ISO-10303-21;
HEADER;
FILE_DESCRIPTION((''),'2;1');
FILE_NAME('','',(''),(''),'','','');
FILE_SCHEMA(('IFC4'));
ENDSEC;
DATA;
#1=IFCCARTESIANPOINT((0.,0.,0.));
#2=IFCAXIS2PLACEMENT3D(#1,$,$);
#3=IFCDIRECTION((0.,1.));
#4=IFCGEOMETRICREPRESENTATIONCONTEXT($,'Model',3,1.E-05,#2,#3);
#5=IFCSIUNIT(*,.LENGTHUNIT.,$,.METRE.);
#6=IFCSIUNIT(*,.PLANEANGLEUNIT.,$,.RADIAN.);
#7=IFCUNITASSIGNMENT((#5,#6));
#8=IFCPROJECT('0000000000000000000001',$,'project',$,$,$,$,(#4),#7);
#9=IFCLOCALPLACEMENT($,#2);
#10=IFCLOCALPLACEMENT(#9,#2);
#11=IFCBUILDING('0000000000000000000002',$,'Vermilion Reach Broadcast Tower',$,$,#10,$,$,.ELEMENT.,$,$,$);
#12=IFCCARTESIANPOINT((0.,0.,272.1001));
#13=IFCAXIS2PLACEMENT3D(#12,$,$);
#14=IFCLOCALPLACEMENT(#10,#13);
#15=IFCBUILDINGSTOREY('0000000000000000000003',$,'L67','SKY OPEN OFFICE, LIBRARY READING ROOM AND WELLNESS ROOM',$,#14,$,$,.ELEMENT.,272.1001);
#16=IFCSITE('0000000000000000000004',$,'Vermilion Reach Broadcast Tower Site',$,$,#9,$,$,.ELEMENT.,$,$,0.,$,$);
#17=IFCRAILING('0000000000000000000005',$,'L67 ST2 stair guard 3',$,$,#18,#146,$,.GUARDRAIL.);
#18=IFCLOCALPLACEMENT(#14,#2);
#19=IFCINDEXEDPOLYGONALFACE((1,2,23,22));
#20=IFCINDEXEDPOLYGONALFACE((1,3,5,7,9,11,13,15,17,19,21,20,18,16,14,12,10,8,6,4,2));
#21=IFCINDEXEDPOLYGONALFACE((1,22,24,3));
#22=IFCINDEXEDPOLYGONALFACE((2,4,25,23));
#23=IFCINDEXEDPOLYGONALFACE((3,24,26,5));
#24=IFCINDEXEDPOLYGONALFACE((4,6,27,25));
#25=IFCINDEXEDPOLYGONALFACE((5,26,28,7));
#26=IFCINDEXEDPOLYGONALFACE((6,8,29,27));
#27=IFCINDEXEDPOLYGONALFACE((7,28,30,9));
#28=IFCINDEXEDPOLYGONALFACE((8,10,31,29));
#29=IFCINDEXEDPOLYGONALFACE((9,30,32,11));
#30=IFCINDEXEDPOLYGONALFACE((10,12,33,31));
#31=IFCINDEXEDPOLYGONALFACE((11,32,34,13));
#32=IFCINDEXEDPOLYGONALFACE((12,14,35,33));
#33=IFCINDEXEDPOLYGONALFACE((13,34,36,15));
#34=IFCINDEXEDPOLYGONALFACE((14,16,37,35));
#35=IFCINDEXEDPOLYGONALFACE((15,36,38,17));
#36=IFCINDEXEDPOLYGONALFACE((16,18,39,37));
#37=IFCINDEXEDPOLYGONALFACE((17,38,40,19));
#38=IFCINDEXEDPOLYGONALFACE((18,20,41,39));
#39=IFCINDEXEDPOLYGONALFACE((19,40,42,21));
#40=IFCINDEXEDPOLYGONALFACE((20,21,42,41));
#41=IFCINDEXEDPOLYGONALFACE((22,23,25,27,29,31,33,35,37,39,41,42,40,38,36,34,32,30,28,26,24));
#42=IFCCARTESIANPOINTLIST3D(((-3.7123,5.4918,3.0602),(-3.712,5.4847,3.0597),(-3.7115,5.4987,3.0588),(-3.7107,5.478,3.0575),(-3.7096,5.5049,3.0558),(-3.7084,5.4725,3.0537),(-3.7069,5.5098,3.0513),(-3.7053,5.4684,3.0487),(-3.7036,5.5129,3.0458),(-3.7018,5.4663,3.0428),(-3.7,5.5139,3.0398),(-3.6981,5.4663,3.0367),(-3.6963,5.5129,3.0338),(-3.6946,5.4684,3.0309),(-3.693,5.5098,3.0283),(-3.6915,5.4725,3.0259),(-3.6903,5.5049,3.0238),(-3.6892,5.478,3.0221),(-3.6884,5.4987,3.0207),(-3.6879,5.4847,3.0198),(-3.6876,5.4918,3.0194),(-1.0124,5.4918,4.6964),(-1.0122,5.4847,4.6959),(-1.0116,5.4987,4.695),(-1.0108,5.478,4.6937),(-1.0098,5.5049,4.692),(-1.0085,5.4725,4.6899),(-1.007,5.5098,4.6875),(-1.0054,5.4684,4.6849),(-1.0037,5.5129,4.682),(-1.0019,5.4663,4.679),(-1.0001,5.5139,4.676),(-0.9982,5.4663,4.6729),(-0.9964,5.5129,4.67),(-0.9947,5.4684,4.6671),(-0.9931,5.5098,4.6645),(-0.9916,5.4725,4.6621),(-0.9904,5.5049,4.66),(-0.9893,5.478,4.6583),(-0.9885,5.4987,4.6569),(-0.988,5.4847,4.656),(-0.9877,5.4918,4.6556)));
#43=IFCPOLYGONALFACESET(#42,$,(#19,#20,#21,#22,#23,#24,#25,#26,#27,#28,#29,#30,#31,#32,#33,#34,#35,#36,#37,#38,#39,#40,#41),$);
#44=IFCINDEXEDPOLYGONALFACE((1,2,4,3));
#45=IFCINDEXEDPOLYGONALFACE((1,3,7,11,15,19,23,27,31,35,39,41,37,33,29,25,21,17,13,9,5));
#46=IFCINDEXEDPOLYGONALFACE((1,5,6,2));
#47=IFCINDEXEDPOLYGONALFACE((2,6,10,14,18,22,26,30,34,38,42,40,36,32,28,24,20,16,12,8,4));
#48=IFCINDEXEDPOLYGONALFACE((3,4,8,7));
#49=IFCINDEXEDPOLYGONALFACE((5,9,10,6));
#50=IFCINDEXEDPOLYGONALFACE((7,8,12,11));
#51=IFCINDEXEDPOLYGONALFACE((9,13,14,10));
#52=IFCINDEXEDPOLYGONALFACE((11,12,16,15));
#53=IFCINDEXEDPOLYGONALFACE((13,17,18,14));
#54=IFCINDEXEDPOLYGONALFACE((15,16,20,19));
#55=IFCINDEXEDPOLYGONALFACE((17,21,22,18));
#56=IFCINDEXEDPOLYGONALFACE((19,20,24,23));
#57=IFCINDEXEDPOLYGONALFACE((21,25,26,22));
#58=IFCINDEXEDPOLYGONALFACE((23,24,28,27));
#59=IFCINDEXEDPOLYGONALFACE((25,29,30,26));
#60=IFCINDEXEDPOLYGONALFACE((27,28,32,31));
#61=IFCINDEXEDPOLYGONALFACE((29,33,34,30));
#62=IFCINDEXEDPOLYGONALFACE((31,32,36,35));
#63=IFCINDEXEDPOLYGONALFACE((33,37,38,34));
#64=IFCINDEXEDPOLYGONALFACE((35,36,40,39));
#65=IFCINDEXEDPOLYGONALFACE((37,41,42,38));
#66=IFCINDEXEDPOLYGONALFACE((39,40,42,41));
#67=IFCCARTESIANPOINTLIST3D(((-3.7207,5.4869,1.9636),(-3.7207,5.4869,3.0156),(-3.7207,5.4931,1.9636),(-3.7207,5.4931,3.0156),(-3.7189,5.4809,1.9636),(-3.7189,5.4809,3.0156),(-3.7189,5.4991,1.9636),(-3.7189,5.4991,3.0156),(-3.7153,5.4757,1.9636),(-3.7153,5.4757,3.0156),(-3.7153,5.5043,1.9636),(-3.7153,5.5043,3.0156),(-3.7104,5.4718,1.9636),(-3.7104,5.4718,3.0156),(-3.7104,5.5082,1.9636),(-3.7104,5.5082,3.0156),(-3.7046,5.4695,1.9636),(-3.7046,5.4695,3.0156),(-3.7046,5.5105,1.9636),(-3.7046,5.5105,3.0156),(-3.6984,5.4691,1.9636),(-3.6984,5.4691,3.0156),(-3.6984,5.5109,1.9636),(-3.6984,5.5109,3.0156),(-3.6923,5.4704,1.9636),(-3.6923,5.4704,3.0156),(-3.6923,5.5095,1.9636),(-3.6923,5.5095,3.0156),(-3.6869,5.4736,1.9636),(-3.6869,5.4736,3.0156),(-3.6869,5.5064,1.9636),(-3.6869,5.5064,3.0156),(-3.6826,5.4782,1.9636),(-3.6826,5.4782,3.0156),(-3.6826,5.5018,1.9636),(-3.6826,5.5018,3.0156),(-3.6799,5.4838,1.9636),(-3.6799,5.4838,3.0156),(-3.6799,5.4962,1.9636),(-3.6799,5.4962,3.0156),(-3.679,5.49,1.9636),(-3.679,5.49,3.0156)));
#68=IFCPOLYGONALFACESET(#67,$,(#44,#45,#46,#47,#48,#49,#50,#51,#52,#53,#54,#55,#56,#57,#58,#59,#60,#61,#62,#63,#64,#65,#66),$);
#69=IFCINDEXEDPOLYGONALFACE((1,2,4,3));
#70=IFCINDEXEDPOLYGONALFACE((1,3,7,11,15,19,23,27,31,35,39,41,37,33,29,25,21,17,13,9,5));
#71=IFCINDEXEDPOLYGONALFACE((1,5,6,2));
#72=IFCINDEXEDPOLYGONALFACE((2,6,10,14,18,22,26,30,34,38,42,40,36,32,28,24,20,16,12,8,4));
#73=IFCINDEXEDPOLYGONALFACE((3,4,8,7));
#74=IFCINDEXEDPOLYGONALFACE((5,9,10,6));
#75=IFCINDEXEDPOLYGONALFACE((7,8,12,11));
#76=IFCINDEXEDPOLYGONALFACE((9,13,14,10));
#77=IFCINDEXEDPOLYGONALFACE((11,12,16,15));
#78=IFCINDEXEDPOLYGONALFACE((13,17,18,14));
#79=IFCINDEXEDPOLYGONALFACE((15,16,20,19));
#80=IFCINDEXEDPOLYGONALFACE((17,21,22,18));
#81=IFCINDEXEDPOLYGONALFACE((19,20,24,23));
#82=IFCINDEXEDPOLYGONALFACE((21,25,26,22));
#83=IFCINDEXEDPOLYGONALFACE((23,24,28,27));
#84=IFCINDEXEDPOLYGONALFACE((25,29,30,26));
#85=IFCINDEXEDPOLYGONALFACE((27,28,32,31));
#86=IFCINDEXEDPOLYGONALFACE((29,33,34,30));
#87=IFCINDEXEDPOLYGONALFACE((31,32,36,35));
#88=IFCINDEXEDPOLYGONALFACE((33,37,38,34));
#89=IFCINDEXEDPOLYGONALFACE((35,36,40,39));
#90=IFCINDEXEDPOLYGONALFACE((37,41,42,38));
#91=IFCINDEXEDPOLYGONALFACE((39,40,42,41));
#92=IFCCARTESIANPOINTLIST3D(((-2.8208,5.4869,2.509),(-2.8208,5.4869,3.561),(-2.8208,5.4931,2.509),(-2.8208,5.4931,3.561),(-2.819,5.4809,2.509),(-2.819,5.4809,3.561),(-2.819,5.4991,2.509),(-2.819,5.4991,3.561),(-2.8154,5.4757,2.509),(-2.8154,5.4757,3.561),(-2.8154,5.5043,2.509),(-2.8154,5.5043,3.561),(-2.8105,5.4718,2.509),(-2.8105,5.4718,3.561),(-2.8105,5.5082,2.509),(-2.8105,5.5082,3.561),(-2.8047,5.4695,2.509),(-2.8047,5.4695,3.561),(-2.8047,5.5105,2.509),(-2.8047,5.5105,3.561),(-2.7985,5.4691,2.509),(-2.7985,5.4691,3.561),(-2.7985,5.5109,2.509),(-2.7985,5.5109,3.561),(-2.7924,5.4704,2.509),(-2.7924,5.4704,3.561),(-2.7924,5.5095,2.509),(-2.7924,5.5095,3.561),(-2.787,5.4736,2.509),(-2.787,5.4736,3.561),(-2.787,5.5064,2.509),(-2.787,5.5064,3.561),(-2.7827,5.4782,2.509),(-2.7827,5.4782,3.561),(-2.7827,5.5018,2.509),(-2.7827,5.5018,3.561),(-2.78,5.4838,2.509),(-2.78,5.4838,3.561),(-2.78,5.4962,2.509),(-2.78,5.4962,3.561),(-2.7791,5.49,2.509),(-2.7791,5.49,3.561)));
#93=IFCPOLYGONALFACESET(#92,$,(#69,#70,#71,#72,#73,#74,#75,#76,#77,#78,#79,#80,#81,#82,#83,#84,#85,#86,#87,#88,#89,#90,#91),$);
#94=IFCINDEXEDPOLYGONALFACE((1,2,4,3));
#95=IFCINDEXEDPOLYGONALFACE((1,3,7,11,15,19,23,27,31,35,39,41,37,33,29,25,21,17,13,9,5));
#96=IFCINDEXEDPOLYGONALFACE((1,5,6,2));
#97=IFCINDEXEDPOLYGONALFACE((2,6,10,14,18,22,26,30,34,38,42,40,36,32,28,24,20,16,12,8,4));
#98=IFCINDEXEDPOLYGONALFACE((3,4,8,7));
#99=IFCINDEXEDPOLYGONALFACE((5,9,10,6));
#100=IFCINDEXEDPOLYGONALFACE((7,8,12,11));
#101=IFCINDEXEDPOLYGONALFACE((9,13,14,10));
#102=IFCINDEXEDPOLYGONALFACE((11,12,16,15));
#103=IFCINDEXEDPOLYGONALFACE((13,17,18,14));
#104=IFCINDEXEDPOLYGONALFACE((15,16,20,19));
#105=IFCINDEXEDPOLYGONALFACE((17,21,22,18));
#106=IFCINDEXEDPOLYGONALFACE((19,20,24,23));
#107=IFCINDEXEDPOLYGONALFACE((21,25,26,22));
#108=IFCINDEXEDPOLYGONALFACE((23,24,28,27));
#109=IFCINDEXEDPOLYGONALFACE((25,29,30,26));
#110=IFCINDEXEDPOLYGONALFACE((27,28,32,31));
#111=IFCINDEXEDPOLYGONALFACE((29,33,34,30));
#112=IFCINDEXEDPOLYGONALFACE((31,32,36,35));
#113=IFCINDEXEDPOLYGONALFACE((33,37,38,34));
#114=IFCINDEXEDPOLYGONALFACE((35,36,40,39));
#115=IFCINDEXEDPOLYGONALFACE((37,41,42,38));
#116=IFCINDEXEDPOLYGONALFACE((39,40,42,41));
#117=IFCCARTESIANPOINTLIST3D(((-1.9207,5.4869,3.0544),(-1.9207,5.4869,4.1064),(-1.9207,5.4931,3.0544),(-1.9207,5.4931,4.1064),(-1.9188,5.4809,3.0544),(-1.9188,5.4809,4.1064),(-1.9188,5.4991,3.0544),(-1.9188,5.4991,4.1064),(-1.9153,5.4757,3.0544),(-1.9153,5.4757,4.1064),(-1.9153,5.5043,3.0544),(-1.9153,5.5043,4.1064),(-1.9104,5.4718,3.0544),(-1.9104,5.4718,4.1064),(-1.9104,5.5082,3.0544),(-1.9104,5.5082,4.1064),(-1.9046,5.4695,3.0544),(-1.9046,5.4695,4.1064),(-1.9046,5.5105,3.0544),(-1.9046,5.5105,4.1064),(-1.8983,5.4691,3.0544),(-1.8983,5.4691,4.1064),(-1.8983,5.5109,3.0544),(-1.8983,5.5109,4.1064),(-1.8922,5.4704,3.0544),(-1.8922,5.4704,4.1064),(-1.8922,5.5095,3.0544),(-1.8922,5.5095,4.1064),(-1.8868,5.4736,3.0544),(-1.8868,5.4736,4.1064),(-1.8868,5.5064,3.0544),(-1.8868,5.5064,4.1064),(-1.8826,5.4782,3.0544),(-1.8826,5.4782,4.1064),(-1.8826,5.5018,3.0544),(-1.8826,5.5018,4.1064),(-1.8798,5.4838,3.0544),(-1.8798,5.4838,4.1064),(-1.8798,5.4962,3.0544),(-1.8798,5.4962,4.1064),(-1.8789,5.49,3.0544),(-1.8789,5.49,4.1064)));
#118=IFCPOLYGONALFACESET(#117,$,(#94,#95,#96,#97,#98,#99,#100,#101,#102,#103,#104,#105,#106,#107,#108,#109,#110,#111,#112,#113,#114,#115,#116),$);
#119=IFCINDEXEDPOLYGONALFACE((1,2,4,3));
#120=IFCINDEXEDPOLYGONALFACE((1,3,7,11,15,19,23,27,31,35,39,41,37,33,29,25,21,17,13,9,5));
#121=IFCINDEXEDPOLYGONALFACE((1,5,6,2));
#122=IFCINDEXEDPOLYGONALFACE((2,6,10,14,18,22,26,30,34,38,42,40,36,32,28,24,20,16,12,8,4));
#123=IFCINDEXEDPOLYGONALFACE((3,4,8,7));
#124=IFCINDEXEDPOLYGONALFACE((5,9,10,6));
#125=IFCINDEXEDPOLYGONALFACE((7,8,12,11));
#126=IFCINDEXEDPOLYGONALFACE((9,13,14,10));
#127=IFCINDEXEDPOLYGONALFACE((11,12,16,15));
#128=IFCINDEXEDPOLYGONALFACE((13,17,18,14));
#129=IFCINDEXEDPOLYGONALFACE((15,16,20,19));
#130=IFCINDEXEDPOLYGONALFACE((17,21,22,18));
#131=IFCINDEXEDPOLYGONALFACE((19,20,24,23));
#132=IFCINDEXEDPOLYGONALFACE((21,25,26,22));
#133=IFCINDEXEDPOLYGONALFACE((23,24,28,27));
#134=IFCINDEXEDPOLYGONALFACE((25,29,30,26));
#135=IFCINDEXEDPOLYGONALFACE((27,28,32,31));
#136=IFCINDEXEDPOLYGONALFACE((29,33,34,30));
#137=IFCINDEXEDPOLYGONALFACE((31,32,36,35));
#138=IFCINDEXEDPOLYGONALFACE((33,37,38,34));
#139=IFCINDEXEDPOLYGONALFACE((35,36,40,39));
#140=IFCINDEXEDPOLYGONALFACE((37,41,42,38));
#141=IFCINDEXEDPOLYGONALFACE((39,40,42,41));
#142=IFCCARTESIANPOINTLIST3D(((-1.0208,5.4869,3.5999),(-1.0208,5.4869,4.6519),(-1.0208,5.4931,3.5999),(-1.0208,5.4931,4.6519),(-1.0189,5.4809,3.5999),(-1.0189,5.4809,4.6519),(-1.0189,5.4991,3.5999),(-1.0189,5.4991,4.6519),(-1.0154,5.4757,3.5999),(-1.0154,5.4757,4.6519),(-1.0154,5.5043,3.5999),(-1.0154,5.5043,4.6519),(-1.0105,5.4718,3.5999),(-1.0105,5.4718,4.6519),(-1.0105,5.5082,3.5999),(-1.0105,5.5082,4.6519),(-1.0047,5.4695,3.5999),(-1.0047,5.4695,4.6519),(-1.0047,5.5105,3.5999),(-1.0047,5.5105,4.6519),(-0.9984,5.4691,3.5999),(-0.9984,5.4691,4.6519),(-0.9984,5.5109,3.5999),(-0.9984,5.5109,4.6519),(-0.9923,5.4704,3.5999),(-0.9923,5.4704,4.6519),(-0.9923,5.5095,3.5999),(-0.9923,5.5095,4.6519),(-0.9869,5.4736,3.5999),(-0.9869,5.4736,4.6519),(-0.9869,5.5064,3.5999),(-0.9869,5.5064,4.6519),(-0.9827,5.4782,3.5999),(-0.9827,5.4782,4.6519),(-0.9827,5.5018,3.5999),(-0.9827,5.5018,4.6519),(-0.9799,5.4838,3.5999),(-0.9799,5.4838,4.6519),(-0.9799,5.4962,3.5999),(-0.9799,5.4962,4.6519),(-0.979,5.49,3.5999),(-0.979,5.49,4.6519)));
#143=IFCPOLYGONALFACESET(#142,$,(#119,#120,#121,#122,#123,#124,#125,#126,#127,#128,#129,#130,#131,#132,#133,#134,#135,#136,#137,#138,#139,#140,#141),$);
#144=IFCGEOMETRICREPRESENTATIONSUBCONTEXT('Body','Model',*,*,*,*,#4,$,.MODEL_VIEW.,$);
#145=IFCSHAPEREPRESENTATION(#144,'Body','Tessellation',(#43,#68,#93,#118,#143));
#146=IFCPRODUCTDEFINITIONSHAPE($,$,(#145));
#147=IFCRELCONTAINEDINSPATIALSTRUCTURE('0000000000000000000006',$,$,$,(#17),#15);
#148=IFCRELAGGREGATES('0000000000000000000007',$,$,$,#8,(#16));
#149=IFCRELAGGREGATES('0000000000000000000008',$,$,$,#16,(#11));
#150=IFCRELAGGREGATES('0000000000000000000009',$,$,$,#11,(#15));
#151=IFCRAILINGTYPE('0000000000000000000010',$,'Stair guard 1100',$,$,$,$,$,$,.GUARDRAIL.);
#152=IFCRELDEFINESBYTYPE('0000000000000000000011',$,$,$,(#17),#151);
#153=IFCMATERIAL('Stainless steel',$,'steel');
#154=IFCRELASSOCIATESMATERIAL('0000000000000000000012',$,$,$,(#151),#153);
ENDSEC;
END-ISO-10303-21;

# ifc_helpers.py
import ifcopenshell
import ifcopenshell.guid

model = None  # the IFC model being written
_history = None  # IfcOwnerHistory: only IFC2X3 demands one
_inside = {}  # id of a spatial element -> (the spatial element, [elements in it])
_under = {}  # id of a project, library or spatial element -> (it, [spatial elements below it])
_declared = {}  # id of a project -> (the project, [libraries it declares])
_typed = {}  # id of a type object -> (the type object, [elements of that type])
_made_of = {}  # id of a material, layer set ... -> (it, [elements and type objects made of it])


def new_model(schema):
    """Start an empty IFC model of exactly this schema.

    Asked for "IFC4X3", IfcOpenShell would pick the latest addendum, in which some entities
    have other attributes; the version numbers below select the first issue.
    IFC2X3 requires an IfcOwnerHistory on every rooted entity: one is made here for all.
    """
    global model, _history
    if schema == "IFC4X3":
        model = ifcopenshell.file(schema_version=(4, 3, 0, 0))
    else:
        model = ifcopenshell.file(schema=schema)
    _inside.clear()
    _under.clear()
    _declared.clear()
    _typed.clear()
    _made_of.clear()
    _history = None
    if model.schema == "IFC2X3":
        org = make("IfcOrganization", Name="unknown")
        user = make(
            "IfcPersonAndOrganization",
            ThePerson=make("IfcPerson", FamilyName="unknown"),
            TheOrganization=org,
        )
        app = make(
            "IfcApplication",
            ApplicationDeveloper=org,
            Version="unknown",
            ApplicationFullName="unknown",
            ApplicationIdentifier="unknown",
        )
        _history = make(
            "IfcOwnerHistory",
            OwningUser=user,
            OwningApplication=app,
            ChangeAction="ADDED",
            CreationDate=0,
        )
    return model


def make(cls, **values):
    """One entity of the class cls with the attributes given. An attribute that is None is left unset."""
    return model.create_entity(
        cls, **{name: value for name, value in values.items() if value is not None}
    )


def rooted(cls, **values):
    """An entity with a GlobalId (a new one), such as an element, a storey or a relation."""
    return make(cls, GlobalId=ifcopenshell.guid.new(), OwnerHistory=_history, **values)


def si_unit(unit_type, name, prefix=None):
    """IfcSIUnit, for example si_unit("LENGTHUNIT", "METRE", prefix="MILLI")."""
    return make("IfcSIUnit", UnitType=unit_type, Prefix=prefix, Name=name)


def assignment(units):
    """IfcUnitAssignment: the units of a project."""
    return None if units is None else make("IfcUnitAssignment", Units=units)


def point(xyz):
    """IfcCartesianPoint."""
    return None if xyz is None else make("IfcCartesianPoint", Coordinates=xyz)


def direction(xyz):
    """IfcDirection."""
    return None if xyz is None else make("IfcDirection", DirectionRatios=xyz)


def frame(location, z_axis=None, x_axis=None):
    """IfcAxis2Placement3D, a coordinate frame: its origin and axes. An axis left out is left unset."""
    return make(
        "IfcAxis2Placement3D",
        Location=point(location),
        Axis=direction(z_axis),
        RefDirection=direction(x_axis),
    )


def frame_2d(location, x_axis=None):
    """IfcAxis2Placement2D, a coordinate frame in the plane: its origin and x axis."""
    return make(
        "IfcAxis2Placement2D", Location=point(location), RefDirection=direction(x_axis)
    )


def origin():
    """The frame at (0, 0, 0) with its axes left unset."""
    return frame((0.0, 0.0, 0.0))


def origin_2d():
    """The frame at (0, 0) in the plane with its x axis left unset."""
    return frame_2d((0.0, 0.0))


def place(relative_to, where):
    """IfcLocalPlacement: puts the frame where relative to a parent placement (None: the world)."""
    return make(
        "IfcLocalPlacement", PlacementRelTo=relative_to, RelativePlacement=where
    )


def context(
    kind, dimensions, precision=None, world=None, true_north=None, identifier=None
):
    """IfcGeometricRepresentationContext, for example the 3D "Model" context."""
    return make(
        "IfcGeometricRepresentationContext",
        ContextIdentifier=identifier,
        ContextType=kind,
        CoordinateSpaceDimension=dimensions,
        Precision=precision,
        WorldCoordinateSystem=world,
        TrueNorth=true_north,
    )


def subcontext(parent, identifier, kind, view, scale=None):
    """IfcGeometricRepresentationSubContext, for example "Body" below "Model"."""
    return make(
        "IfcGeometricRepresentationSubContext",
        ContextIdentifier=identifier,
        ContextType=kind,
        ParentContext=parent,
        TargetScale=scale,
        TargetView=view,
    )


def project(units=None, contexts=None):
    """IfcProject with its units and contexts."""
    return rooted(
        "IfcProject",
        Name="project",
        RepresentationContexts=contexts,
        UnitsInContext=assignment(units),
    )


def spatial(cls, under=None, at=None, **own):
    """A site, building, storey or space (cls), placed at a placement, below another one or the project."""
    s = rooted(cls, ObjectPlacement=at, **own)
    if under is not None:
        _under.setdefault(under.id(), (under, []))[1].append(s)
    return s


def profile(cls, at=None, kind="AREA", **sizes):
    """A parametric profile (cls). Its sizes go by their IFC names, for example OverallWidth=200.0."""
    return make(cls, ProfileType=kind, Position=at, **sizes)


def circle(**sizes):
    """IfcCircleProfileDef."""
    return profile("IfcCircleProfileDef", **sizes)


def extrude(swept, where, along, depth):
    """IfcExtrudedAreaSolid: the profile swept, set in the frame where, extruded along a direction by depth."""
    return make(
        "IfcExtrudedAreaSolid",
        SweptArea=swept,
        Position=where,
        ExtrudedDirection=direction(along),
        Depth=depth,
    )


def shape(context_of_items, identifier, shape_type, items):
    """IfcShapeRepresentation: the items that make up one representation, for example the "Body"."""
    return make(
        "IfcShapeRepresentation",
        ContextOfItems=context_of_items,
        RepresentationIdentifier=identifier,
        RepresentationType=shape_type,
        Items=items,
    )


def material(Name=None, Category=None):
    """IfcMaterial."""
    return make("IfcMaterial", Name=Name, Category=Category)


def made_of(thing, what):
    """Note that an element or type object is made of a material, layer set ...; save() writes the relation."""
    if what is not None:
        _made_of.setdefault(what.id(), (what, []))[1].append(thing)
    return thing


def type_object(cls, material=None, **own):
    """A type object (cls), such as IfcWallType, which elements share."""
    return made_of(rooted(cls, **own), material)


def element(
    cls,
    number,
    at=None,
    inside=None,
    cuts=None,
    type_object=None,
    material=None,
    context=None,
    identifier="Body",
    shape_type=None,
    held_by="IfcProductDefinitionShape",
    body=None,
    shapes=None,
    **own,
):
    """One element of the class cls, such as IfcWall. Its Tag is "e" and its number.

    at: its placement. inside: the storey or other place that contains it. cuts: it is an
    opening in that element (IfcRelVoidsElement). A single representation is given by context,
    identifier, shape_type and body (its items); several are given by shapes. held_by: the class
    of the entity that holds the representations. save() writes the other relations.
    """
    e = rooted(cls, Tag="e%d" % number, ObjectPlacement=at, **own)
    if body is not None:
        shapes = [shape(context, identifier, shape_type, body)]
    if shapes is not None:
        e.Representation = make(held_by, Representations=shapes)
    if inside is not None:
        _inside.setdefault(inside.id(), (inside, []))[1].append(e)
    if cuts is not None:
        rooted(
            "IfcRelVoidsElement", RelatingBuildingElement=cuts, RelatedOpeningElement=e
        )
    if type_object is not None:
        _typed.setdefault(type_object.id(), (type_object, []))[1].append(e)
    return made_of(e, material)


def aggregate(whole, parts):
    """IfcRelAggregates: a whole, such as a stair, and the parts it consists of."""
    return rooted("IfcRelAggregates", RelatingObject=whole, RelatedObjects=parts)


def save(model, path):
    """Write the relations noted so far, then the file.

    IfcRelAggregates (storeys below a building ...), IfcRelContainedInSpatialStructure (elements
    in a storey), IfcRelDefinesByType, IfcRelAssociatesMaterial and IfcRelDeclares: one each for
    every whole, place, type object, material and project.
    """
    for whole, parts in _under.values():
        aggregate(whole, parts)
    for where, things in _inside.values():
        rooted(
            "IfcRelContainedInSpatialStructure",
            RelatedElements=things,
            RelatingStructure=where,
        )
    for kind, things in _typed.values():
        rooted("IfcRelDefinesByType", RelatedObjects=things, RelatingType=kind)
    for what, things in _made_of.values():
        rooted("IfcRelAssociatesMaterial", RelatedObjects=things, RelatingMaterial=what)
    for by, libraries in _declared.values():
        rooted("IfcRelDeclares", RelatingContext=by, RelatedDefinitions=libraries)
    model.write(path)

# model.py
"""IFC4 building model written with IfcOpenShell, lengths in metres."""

from ifc_helpers import new_model, si_unit, direction, frame, origin, origin_2d, place, context, subcontext, project, spatial, circle, extrude, material, type_object, element, save


model = new_model("IFC4")

# Units and contexts
model_context = context("Model", 3, precision=1e-05, world=origin(), true_north=direction((0.0, 1.0)))
body_context = subcontext(model_context, "Body", "Model", "MODEL_VIEW")
ifc_project = project(units=[si_unit("LENGTHUNIT", "METRE"), si_unit("PLANEANGLEUNIT", "RADIAN")], contexts=[model_context])

# Site, building, storey
site_placement = place(None, origin())
site = spatial("IfcSite", under=ifc_project, at=site_placement, Name="Vermilion Reach Broadcast Tower Site", CompositionType="ELEMENT", RefElevation=0.0)
building_placement = place(site_placement, origin())
building = spatial("IfcBuilding", under=site, at=building_placement, Name="Vermilion Reach Broadcast Tower", CompositionType="ELEMENT")
storey_placement = place(building_placement, frame((0.0, 0.0, 272.1001)))
storey = spatial("IfcBuildingStorey", under=building, at=storey_placement, Name="L67", Description="SKY OPEN OFFICE, LIBRARY READING ROOM AND WELLNESS ROOM", CompositionType="ELEMENT", Elevation=272.1001)

# Railing
ifc_material_1 = material(Name="Stainless steel", Category="steel")
railing_type_1 = type_object("IfcRailingType", Name="Stair guard 1100", PredefinedType="GUARDRAIL", material=ifc_material_1)
railing_1_placement = place(storey_placement, frame((-3.7, 5.49, 1.9636)))
element("IfcRailing", 1, at=railing_1_placement, inside=storey, type_object=railing_type_1, Name="L67 ST2 stair guard 3", PredefinedType="GUARDRAIL", context=body_context, shape_type="SweptSolid", body=[
    extrude(circle(Radius=0.0239, at=origin_2d()), frame((0.0, 0.0, 1.0762), z_axis=(0.855212, 0.0, 0.518278), x_axis=(0.0, 1.0, 0.0)), (0.0, 0.0, 1.0), 3.157),
    extrude(circle(Radius=0.021, at=origin_2d()), origin(), (0.0, 0.0, 1.0), 1.052),
    extrude(circle(Radius=0.021, at=origin_2d()), frame((0.8999, 0.0, 0.5454)), (0.0, 0.0, 1.0), 1.052),
    extrude(circle(Radius=0.021, at=origin_2d()), frame((1.8, 0.0, 1.0908)), (0.0, 0.0, 1.0), 1.052),
    extrude(circle(Radius=0.021, at=origin_2d()), frame((2.7, 0.0, 1.6362)), (0.0, 0.0, 1.0), 1.052),
])

save(model, "model.ifc")
